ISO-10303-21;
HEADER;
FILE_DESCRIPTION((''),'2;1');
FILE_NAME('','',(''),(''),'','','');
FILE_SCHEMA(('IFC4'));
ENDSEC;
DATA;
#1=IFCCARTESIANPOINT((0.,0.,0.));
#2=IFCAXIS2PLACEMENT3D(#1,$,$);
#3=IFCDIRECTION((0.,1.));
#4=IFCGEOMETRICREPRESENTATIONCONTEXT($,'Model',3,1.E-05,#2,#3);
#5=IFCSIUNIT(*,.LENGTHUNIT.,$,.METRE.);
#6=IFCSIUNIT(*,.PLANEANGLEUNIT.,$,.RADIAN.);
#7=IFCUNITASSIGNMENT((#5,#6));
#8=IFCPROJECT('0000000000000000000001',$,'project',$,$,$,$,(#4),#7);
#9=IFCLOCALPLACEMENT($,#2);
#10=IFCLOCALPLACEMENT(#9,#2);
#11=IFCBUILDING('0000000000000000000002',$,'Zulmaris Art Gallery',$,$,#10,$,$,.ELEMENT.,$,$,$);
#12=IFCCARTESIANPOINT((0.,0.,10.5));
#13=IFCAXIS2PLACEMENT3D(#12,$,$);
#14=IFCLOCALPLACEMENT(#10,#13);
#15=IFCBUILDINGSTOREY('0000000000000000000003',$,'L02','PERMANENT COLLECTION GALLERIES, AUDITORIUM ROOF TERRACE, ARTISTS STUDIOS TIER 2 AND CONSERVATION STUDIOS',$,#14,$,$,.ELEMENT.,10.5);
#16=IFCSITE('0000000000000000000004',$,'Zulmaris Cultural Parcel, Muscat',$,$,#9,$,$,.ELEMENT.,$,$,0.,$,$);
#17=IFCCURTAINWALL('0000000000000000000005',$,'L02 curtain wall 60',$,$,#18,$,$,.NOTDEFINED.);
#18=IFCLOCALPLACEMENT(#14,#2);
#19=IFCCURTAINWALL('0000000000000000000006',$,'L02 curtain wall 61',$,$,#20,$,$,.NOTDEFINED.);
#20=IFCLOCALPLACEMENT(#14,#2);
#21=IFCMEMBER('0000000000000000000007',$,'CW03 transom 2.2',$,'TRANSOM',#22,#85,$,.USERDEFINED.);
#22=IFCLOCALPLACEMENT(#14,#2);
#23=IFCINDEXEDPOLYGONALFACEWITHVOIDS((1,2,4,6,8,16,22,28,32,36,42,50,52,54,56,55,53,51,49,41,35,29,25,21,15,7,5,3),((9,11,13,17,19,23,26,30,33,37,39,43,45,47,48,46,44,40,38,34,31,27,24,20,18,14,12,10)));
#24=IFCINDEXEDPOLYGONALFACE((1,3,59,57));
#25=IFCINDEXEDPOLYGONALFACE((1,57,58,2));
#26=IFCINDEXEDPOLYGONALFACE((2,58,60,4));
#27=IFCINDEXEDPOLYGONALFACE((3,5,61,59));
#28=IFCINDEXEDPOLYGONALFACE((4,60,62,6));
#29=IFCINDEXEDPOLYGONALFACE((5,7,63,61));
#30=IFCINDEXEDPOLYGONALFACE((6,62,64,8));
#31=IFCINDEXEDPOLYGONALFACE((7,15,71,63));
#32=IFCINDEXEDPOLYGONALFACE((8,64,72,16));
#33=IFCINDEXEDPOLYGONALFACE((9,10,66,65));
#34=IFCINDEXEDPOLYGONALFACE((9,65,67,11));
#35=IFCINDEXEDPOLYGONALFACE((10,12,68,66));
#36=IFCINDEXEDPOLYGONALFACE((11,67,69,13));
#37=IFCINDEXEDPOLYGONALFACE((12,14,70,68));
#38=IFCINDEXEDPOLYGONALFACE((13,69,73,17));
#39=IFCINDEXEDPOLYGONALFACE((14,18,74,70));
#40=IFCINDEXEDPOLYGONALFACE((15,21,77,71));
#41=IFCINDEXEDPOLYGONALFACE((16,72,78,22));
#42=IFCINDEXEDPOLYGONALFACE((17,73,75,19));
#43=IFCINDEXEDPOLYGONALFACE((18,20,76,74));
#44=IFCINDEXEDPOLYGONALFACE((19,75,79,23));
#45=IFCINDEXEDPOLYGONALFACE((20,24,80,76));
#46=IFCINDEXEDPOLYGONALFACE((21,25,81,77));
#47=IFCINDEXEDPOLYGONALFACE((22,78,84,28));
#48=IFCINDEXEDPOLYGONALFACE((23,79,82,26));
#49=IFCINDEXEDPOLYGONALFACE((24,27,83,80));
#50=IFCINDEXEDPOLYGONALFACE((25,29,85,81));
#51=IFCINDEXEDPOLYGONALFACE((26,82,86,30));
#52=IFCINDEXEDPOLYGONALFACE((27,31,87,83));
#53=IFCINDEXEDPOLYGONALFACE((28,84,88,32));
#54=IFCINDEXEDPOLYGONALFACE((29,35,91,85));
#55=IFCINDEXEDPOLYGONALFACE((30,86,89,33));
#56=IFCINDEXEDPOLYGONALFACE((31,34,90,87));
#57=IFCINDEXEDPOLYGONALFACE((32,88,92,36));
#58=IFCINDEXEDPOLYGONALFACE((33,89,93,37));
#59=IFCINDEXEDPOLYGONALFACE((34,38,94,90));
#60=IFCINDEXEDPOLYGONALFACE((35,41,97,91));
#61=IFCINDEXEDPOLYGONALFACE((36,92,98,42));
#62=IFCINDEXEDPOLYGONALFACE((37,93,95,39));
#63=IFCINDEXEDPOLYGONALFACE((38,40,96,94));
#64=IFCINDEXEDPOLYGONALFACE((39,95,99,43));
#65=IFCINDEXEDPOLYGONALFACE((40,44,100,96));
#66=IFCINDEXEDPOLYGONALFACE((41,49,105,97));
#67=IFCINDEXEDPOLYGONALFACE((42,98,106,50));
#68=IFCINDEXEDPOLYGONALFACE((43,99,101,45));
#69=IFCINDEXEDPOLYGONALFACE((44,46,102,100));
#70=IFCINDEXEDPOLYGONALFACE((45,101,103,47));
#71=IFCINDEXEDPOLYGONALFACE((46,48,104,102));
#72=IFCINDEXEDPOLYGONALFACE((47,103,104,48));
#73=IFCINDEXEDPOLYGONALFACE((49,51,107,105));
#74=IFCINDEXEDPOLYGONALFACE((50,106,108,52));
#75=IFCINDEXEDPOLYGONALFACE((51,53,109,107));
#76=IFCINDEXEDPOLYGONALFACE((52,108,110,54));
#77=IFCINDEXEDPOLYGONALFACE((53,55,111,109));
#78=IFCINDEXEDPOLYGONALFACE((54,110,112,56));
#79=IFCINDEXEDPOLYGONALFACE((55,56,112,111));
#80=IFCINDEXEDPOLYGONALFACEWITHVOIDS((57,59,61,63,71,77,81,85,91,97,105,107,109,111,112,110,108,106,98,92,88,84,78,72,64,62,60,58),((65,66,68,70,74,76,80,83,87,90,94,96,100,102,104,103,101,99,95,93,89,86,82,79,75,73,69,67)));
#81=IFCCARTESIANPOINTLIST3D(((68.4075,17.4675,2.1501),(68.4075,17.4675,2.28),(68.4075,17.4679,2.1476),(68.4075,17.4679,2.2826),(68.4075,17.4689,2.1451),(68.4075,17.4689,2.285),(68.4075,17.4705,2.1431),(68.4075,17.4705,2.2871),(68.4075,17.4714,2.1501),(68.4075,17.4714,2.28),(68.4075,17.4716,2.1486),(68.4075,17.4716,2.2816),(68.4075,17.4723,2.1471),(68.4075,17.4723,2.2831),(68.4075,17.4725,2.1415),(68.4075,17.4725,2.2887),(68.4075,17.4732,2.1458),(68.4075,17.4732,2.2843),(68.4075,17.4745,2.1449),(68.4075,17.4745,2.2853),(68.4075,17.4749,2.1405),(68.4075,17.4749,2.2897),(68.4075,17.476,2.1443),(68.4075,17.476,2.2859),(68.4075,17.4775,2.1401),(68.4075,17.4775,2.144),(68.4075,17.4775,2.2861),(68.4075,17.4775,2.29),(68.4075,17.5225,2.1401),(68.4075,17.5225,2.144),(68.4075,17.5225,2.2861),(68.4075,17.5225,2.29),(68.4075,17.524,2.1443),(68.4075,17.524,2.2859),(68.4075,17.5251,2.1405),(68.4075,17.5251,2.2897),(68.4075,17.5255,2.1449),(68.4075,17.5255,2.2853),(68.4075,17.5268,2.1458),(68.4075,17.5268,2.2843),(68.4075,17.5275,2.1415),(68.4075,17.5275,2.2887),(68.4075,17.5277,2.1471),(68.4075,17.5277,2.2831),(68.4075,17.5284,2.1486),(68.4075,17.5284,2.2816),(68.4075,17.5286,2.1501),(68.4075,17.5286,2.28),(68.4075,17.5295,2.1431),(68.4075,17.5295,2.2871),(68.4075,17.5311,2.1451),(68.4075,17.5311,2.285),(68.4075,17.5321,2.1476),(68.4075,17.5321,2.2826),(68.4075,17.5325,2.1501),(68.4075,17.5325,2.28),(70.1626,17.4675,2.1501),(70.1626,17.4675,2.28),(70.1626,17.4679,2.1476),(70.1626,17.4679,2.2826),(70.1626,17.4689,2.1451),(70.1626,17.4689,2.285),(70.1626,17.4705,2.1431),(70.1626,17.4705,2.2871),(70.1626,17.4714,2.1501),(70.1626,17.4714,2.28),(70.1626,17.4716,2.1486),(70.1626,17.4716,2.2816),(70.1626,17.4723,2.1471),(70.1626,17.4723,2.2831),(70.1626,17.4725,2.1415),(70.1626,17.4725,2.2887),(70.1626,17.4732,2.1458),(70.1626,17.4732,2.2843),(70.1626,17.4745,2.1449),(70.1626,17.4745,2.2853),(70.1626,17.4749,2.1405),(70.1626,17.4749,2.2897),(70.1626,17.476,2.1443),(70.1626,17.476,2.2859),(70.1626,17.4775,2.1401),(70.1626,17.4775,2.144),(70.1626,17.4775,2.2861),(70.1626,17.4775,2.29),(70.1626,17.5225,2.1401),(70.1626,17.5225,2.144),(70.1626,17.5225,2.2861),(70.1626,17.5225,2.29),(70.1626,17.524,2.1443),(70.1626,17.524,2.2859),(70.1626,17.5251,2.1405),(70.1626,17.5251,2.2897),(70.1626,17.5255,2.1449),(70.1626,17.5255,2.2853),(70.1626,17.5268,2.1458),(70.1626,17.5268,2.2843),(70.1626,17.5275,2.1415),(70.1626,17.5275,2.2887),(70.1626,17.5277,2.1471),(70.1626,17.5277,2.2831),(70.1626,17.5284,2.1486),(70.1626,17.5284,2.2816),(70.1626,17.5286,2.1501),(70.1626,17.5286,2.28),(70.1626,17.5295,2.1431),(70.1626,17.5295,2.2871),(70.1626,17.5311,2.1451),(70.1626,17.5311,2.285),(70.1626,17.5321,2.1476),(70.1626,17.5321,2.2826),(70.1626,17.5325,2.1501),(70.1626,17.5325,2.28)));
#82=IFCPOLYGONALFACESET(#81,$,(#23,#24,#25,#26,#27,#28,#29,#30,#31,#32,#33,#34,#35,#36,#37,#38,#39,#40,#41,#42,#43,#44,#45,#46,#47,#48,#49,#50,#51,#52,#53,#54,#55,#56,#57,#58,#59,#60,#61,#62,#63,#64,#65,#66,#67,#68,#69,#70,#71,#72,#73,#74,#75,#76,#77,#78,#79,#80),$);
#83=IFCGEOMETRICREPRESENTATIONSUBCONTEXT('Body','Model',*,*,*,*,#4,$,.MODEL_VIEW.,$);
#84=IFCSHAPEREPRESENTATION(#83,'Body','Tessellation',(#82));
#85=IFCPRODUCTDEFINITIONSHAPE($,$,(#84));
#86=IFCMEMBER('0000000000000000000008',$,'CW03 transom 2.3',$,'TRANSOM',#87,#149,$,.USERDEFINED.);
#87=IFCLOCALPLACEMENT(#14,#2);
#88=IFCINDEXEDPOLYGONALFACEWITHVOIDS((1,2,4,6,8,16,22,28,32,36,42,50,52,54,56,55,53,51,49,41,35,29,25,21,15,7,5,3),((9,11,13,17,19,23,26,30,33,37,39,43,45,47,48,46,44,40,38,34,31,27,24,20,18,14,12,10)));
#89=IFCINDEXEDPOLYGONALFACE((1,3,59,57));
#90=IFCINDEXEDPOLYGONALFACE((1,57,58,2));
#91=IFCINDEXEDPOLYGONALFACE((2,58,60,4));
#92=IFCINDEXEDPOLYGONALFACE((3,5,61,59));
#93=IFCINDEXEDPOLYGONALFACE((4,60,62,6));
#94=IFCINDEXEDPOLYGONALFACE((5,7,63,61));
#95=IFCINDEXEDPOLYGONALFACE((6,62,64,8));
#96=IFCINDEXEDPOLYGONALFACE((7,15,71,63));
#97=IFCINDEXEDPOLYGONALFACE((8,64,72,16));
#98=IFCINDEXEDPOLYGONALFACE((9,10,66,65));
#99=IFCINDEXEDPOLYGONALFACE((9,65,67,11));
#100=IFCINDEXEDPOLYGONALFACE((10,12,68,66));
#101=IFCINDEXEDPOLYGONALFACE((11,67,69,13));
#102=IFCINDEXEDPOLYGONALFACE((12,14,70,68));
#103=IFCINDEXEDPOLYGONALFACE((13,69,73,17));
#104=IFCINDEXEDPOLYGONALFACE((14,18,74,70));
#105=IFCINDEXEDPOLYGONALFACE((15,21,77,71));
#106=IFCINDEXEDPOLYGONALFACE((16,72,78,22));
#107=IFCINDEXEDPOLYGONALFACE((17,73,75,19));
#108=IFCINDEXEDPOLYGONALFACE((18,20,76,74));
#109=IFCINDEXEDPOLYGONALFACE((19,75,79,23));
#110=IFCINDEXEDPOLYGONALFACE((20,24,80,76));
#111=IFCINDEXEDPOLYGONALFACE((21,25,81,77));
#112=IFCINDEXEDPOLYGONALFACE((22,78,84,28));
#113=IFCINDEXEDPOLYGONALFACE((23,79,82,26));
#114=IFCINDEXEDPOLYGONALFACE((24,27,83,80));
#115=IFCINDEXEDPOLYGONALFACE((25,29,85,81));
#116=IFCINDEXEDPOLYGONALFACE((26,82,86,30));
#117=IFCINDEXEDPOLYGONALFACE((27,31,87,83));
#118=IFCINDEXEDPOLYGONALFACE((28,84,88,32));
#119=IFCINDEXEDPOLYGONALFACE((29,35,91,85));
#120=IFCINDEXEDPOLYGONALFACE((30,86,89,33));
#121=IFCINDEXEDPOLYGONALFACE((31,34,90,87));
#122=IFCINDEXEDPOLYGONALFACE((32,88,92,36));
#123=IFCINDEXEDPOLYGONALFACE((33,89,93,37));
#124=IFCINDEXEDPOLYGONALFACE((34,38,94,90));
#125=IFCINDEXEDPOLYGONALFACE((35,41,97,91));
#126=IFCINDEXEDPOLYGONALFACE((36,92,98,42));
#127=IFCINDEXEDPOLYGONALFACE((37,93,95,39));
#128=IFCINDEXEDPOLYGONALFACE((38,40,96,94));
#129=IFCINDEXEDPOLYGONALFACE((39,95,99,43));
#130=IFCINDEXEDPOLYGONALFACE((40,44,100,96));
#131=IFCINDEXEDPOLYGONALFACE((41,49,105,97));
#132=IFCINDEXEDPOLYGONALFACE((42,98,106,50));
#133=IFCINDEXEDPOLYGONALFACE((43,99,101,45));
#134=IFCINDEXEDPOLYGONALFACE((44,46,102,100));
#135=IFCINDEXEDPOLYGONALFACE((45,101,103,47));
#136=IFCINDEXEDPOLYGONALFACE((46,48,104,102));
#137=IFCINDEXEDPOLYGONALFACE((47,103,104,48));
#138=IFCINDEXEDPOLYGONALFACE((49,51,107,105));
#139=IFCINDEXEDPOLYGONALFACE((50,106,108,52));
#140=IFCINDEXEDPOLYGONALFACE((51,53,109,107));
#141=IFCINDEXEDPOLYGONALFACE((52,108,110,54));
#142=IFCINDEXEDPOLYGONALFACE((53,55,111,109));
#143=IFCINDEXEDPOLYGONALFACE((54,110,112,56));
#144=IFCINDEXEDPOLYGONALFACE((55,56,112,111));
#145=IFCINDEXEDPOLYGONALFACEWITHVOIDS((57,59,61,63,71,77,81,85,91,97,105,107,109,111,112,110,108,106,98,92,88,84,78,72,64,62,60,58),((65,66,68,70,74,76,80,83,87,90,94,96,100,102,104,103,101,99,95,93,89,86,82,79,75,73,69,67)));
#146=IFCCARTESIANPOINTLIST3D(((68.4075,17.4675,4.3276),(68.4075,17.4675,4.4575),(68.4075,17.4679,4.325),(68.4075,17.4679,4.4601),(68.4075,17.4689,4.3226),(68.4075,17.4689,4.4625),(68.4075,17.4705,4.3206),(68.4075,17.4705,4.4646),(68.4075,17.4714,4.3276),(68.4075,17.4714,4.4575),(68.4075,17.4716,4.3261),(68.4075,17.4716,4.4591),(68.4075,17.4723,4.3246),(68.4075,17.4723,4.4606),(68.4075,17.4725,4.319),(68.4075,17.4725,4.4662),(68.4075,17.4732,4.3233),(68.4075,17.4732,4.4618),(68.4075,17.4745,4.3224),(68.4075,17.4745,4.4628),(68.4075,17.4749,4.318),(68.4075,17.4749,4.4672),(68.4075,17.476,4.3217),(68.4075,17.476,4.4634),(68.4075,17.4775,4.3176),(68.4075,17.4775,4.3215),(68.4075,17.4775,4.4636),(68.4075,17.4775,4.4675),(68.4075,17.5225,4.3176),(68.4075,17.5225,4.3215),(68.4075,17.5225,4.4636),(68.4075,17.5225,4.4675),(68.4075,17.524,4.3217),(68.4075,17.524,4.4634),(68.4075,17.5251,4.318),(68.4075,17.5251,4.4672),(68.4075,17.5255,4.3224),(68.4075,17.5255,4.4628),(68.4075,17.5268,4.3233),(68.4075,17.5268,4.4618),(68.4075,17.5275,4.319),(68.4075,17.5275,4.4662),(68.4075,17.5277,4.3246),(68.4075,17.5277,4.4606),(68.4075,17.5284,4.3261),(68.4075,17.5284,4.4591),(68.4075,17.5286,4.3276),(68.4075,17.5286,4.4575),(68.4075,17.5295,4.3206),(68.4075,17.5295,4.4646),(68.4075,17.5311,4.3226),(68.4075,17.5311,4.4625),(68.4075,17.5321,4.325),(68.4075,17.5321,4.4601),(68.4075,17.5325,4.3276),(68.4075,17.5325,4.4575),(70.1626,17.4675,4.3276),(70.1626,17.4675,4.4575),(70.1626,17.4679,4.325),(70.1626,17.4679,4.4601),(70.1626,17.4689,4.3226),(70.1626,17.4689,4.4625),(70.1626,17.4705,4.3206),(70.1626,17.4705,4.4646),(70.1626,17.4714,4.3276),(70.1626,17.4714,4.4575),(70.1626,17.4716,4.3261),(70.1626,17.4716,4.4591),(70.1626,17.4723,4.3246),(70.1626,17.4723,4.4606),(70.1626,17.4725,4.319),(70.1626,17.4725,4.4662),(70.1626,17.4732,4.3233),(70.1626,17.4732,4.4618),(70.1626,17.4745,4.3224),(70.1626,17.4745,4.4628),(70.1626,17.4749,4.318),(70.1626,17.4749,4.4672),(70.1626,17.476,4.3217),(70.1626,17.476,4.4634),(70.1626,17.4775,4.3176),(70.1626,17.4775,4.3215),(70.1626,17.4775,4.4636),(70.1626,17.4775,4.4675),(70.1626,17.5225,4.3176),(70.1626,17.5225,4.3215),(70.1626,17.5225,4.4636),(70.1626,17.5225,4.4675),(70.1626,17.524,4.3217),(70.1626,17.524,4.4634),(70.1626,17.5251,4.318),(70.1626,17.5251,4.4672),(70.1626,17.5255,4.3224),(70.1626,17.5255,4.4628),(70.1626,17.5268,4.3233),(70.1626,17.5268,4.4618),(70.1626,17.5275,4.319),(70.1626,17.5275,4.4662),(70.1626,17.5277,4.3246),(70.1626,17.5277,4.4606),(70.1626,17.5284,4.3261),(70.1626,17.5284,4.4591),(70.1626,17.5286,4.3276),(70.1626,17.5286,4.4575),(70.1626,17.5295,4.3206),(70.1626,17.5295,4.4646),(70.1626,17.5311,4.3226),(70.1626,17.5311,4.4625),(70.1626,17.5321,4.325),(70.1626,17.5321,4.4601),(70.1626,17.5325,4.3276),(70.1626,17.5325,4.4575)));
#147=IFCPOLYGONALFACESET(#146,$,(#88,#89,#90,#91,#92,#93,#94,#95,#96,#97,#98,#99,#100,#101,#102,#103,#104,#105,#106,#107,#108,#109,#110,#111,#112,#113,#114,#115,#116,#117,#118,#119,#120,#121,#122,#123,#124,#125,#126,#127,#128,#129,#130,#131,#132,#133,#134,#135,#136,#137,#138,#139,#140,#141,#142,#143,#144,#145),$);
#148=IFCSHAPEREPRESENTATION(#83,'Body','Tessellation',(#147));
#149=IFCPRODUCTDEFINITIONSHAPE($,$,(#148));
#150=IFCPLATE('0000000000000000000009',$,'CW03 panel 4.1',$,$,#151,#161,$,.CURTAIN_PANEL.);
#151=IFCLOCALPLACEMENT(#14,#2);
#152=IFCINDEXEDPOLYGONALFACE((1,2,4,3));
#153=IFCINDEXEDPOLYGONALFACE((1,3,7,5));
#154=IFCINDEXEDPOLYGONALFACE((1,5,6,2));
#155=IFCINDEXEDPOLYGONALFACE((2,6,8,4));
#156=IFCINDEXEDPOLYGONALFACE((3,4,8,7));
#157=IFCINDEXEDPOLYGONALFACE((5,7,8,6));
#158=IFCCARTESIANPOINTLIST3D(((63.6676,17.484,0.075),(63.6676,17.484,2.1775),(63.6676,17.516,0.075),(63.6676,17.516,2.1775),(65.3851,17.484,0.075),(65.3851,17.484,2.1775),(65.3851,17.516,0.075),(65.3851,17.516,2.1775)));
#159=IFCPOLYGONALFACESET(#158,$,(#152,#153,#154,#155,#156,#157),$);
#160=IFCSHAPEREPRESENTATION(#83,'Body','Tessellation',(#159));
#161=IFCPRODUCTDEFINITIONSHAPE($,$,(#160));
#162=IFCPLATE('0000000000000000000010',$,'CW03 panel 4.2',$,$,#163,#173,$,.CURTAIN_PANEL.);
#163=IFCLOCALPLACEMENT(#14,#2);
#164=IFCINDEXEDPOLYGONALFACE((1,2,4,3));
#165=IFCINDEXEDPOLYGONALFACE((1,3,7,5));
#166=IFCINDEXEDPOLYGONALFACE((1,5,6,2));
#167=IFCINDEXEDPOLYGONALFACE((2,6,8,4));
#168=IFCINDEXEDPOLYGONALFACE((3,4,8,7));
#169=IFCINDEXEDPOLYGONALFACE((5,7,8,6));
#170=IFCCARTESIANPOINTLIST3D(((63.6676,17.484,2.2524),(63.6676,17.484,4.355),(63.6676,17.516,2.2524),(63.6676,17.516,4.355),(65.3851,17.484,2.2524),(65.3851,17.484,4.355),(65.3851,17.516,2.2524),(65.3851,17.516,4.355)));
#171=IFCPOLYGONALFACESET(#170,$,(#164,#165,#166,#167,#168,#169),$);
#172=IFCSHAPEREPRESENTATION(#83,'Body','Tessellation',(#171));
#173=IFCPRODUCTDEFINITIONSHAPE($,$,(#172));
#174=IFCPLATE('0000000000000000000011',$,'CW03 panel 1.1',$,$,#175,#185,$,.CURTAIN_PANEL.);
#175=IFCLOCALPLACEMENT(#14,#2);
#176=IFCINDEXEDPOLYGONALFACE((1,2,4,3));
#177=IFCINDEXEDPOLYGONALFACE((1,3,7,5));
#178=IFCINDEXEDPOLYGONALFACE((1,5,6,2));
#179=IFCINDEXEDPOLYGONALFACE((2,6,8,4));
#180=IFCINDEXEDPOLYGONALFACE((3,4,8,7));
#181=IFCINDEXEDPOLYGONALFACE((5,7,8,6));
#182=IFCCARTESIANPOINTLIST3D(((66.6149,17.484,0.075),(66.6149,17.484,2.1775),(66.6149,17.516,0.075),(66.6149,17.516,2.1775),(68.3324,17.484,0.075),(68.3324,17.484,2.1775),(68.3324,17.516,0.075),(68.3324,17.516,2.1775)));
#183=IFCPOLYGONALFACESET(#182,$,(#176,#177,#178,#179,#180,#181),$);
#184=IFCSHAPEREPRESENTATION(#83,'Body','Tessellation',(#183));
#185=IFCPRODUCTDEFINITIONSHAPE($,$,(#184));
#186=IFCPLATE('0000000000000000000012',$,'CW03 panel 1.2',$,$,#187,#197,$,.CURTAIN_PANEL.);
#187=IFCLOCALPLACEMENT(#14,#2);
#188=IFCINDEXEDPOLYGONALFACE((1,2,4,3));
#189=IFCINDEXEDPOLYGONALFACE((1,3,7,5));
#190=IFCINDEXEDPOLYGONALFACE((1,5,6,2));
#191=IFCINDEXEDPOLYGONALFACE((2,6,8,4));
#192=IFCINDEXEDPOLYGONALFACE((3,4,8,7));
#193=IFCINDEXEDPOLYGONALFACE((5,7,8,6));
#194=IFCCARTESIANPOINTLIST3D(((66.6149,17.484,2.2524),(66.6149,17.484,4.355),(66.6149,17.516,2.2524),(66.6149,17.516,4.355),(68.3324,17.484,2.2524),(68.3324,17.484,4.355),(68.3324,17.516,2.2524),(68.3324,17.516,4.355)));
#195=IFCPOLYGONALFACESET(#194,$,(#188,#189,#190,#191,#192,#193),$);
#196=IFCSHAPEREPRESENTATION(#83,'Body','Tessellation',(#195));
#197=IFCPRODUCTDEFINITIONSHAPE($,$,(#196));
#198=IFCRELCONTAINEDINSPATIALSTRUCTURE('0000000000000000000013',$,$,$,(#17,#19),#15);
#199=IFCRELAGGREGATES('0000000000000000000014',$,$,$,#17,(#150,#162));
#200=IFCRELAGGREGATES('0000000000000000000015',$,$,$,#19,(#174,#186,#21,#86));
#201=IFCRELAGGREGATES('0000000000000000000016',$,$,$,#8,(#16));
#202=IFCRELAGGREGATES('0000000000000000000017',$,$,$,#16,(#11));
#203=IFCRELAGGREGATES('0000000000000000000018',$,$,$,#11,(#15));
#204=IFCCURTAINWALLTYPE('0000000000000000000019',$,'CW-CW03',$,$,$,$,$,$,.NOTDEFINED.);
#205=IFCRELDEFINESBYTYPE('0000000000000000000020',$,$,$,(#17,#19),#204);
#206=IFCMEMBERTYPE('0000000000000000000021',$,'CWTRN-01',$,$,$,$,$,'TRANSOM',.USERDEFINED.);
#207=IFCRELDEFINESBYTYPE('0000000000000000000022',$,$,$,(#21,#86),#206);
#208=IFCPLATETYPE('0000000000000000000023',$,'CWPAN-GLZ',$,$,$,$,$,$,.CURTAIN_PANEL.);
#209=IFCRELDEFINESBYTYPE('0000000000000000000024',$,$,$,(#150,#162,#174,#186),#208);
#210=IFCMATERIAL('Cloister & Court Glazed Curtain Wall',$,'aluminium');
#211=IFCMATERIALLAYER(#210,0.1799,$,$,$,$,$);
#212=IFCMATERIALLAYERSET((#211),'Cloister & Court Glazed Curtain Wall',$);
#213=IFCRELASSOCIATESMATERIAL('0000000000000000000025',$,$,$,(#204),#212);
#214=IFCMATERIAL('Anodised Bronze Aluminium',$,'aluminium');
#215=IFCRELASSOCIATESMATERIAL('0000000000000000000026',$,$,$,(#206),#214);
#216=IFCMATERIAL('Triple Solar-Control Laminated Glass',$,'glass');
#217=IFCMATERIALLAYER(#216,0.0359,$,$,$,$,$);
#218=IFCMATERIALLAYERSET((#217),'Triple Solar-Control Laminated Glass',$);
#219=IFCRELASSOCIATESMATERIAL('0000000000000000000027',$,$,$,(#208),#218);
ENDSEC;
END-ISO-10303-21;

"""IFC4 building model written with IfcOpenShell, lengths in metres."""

from ifc_helpers import new_model, si_unit, direction, frame, origin, origin_2d, place, context, subcontext, project, spatial, rectangle, hollow_rectangle, extrude, material, layer, layer_set, material_profile, profile_set, type_object, element, aggregate, save


model = new_model("IFC4")

# Units and contexts
model_context = context("Model", 3, precision=1e-05, world=origin(), true_north=direction((0.0, 1.0)))
body_context = subcontext(model_context, "Body", "Model", "MODEL_VIEW")
ifc_project = project(units=[si_unit("LENGTHUNIT", "METRE"), si_unit("PLANEANGLEUNIT", "RADIAN")], contexts=[model_context])

# Site, building, storey
site_placement = place(None, origin())
site = spatial("IfcSite", under=ifc_project, at=site_placement, Name="Zulmaris Cultural Parcel, Muscat", CompositionType="ELEMENT", RefElevation=0.0)
building_placement = place(site_placement, origin())
building = spatial("IfcBuilding", under=site, at=building_placement, Name="Zulmaris Art Gallery", CompositionType="ELEMENT")
storey_placement = place(building_placement, frame((0.0, 0.0, 10.5)))
storey = spatial("IfcBuildingStorey", under=building, at=storey_placement, Name="L02", Description="PERMANENT COLLECTION GALLERIES, AUDITORIUM ROOF TERRACE, ARTISTS STUDIOS TIER 2 AND CONSERVATION STUDIOS", CompositionType="ELEMENT", Elevation=10.5)

# Curtain walls
ifc_material_1 = material(Name="Cloister & Court Glazed Curtain Wall", Category="aluminium")
ifc_layer_1 = layer(ifc_material_1, 0.1799)
ifc_layer_set_1 = layer_set([ifc_layer_1], Name="Cloister & Court Glazed Curtain Wall")
curtain_wall_type = type_object("IfcCurtainWallType", Name="CW-CW03", PredefinedType="NOTDEFINED", material=ifc_layer_set_1)
curtain_wall_1_placement = place(storey_placement, origin())
curtain_wall_1 = element("IfcCurtainWall", 1, at=curtain_wall_1_placement, inside=storey, type_object=curtain_wall_type, Name="L02 curtain wall 60", PredefinedType="NOTDEFINED")
ifc_material_2 = material(Name="Anodised Bronze Aluminium", Category="aluminium")
curtain_wall_2_placement = place(storey_placement, origin())
curtain_wall_2 = element("IfcCurtainWall", 2, at=curtain_wall_2_placement, inside=storey, type_object=curtain_wall_type, Name="L02 curtain wall 61", PredefinedType="NOTDEFINED")

# Members
ifc_material_profile_1 = material_profile(ifc_material_2, hollow_rectangle(XDim=0.0649, YDim=0.1499, WallThickness=0.0039, InnerFilletRadius=0.0061, OuterFilletRadius=0.01, at=origin_2d()), Name="ALU 65x150x4")
ifc_profile_set_1 = profile_set([ifc_material_profile_1], Name="Anodised Bronze Aluminium")
member_type_1 = type_object("IfcMemberType", Name="CWTRN-01", ElementType="TRANSOM", PredefinedType="USERDEFINED", material=ifc_profile_set_1)
member_1_placement = place(storey_placement, frame((68.4075, 17.5, 2.2151), z_axis=(1.0, 0.0, 0.0), x_axis=(0.0, 1.0, 0.0)))
member_1 = element("IfcMember", 3, at=member_1_placement, type_object=member_type_1, Name="CW03 transom 2.2", ObjectType="TRANSOM", PredefinedType="USERDEFINED", context=body_context, shape_type="SweptSolid", body=[
    extrude(hollow_rectangle(XDim=0.0649, YDim=0.1499, WallThickness=0.0039, InnerFilletRadius=0.0061, OuterFilletRadius=0.01, at=origin_2d()), origin(), (0.0, 0.0, 1.0), 1.7551),
])
member_2_placement = place(storey_placement, frame((68.4075, 17.5, 4.3926), z_axis=(1.0, 0.0, 0.0), x_axis=(0.0, 1.0, 0.0)))
member_2 = element("IfcMember", 4, at=member_2_placement, type_object=member_type_1, Name="CW03 transom 2.3", ObjectType="TRANSOM", PredefinedType="USERDEFINED", context=body_context, shape_type="SweptSolid", body=[
    extrude(hollow_rectangle(XDim=0.0649, YDim=0.1499, WallThickness=0.0039, InnerFilletRadius=0.0061, OuterFilletRadius=0.01, at=origin_2d()), origin(), (0.0, 0.0, 1.0), 1.7551),
])

# Plates
ifc_material_3 = material(Name="Triple Solar-Control Laminated Glass", Category="glass")
ifc_layer_2 = layer(ifc_material_3, 0.0359)
ifc_layer_set_2 = layer_set([ifc_layer_2], Name="Triple Solar-Control Laminated Glass")
plate_type = type_object("IfcPlateType", Name="CWPAN-GLZ", PredefinedType="CURTAIN_PANEL", material=ifc_layer_set_2)
plate_1_placement = place(storey_placement, frame((64.5264, 17.5, 0.075), z_axis=(0.0, 0.0, 1.0), x_axis=(1.0, 0.0, 0.0)))
plate_1 = element("IfcPlate", 5, at=plate_1_placement, type_object=plate_type, Name="CW03 panel 4.1", PredefinedType="CURTAIN_PANEL", context=body_context, shape_type="SweptSolid", body=[
    extrude(rectangle(XDim=1.7175, YDim=0.032, at=origin_2d()), origin(), (0.0, 0.0, 1.0), 2.1025),
])
plate_2_placement = place(storey_placement, frame((64.5264, 17.5, 2.2524), z_axis=(0.0, 0.0, 1.0), x_axis=(1.0, 0.0, 0.0)))
plate_2 = element("IfcPlate", 6, at=plate_2_placement, type_object=plate_type, Name="CW03 panel 4.2", PredefinedType="CURTAIN_PANEL", context=body_context, shape_type="SweptSolid", body=[
    extrude(rectangle(XDim=1.7175, YDim=0.032, at=origin_2d()), origin(), (0.0, 0.0, 1.0), 2.1025),
])
aggregate(curtain_wall_1, [plate_1, plate_2])
plate_3_placement = place(storey_placement, frame((67.4736, 17.5, 0.075), z_axis=(0.0, 0.0, 1.0), x_axis=(1.0, 0.0, 0.0)))
plate_3 = element("IfcPlate", 7, at=plate_3_placement, type_object=plate_type, Name="CW03 panel 1.1", PredefinedType="CURTAIN_PANEL", context=body_context, shape_type="SweptSolid", body=[
    extrude(rectangle(XDim=1.7175, YDim=0.032, at=origin_2d()), origin(), (0.0, 0.0, 1.0), 2.1025),
])
plate_4_placement = place(storey_placement, frame((67.4736, 17.5, 2.2524), z_axis=(0.0, 0.0, 1.0), x_axis=(1.0, 0.0, 0.0)))
plate_4 = element("IfcPlate", 8, at=plate_4_placement, type_object=plate_type, Name="CW03 panel 1.2", PredefinedType="CURTAIN_PANEL", context=body_context, shape_type="SweptSolid", body=[
    extrude(rectangle(XDim=1.7175, YDim=0.032, at=origin_2d()), origin(), (0.0, 0.0, 1.0), 2.1025),
])
aggregate(curtain_wall_2, [plate_3, plate_4, member_1, member_2])

save(model, "model.ifc")
